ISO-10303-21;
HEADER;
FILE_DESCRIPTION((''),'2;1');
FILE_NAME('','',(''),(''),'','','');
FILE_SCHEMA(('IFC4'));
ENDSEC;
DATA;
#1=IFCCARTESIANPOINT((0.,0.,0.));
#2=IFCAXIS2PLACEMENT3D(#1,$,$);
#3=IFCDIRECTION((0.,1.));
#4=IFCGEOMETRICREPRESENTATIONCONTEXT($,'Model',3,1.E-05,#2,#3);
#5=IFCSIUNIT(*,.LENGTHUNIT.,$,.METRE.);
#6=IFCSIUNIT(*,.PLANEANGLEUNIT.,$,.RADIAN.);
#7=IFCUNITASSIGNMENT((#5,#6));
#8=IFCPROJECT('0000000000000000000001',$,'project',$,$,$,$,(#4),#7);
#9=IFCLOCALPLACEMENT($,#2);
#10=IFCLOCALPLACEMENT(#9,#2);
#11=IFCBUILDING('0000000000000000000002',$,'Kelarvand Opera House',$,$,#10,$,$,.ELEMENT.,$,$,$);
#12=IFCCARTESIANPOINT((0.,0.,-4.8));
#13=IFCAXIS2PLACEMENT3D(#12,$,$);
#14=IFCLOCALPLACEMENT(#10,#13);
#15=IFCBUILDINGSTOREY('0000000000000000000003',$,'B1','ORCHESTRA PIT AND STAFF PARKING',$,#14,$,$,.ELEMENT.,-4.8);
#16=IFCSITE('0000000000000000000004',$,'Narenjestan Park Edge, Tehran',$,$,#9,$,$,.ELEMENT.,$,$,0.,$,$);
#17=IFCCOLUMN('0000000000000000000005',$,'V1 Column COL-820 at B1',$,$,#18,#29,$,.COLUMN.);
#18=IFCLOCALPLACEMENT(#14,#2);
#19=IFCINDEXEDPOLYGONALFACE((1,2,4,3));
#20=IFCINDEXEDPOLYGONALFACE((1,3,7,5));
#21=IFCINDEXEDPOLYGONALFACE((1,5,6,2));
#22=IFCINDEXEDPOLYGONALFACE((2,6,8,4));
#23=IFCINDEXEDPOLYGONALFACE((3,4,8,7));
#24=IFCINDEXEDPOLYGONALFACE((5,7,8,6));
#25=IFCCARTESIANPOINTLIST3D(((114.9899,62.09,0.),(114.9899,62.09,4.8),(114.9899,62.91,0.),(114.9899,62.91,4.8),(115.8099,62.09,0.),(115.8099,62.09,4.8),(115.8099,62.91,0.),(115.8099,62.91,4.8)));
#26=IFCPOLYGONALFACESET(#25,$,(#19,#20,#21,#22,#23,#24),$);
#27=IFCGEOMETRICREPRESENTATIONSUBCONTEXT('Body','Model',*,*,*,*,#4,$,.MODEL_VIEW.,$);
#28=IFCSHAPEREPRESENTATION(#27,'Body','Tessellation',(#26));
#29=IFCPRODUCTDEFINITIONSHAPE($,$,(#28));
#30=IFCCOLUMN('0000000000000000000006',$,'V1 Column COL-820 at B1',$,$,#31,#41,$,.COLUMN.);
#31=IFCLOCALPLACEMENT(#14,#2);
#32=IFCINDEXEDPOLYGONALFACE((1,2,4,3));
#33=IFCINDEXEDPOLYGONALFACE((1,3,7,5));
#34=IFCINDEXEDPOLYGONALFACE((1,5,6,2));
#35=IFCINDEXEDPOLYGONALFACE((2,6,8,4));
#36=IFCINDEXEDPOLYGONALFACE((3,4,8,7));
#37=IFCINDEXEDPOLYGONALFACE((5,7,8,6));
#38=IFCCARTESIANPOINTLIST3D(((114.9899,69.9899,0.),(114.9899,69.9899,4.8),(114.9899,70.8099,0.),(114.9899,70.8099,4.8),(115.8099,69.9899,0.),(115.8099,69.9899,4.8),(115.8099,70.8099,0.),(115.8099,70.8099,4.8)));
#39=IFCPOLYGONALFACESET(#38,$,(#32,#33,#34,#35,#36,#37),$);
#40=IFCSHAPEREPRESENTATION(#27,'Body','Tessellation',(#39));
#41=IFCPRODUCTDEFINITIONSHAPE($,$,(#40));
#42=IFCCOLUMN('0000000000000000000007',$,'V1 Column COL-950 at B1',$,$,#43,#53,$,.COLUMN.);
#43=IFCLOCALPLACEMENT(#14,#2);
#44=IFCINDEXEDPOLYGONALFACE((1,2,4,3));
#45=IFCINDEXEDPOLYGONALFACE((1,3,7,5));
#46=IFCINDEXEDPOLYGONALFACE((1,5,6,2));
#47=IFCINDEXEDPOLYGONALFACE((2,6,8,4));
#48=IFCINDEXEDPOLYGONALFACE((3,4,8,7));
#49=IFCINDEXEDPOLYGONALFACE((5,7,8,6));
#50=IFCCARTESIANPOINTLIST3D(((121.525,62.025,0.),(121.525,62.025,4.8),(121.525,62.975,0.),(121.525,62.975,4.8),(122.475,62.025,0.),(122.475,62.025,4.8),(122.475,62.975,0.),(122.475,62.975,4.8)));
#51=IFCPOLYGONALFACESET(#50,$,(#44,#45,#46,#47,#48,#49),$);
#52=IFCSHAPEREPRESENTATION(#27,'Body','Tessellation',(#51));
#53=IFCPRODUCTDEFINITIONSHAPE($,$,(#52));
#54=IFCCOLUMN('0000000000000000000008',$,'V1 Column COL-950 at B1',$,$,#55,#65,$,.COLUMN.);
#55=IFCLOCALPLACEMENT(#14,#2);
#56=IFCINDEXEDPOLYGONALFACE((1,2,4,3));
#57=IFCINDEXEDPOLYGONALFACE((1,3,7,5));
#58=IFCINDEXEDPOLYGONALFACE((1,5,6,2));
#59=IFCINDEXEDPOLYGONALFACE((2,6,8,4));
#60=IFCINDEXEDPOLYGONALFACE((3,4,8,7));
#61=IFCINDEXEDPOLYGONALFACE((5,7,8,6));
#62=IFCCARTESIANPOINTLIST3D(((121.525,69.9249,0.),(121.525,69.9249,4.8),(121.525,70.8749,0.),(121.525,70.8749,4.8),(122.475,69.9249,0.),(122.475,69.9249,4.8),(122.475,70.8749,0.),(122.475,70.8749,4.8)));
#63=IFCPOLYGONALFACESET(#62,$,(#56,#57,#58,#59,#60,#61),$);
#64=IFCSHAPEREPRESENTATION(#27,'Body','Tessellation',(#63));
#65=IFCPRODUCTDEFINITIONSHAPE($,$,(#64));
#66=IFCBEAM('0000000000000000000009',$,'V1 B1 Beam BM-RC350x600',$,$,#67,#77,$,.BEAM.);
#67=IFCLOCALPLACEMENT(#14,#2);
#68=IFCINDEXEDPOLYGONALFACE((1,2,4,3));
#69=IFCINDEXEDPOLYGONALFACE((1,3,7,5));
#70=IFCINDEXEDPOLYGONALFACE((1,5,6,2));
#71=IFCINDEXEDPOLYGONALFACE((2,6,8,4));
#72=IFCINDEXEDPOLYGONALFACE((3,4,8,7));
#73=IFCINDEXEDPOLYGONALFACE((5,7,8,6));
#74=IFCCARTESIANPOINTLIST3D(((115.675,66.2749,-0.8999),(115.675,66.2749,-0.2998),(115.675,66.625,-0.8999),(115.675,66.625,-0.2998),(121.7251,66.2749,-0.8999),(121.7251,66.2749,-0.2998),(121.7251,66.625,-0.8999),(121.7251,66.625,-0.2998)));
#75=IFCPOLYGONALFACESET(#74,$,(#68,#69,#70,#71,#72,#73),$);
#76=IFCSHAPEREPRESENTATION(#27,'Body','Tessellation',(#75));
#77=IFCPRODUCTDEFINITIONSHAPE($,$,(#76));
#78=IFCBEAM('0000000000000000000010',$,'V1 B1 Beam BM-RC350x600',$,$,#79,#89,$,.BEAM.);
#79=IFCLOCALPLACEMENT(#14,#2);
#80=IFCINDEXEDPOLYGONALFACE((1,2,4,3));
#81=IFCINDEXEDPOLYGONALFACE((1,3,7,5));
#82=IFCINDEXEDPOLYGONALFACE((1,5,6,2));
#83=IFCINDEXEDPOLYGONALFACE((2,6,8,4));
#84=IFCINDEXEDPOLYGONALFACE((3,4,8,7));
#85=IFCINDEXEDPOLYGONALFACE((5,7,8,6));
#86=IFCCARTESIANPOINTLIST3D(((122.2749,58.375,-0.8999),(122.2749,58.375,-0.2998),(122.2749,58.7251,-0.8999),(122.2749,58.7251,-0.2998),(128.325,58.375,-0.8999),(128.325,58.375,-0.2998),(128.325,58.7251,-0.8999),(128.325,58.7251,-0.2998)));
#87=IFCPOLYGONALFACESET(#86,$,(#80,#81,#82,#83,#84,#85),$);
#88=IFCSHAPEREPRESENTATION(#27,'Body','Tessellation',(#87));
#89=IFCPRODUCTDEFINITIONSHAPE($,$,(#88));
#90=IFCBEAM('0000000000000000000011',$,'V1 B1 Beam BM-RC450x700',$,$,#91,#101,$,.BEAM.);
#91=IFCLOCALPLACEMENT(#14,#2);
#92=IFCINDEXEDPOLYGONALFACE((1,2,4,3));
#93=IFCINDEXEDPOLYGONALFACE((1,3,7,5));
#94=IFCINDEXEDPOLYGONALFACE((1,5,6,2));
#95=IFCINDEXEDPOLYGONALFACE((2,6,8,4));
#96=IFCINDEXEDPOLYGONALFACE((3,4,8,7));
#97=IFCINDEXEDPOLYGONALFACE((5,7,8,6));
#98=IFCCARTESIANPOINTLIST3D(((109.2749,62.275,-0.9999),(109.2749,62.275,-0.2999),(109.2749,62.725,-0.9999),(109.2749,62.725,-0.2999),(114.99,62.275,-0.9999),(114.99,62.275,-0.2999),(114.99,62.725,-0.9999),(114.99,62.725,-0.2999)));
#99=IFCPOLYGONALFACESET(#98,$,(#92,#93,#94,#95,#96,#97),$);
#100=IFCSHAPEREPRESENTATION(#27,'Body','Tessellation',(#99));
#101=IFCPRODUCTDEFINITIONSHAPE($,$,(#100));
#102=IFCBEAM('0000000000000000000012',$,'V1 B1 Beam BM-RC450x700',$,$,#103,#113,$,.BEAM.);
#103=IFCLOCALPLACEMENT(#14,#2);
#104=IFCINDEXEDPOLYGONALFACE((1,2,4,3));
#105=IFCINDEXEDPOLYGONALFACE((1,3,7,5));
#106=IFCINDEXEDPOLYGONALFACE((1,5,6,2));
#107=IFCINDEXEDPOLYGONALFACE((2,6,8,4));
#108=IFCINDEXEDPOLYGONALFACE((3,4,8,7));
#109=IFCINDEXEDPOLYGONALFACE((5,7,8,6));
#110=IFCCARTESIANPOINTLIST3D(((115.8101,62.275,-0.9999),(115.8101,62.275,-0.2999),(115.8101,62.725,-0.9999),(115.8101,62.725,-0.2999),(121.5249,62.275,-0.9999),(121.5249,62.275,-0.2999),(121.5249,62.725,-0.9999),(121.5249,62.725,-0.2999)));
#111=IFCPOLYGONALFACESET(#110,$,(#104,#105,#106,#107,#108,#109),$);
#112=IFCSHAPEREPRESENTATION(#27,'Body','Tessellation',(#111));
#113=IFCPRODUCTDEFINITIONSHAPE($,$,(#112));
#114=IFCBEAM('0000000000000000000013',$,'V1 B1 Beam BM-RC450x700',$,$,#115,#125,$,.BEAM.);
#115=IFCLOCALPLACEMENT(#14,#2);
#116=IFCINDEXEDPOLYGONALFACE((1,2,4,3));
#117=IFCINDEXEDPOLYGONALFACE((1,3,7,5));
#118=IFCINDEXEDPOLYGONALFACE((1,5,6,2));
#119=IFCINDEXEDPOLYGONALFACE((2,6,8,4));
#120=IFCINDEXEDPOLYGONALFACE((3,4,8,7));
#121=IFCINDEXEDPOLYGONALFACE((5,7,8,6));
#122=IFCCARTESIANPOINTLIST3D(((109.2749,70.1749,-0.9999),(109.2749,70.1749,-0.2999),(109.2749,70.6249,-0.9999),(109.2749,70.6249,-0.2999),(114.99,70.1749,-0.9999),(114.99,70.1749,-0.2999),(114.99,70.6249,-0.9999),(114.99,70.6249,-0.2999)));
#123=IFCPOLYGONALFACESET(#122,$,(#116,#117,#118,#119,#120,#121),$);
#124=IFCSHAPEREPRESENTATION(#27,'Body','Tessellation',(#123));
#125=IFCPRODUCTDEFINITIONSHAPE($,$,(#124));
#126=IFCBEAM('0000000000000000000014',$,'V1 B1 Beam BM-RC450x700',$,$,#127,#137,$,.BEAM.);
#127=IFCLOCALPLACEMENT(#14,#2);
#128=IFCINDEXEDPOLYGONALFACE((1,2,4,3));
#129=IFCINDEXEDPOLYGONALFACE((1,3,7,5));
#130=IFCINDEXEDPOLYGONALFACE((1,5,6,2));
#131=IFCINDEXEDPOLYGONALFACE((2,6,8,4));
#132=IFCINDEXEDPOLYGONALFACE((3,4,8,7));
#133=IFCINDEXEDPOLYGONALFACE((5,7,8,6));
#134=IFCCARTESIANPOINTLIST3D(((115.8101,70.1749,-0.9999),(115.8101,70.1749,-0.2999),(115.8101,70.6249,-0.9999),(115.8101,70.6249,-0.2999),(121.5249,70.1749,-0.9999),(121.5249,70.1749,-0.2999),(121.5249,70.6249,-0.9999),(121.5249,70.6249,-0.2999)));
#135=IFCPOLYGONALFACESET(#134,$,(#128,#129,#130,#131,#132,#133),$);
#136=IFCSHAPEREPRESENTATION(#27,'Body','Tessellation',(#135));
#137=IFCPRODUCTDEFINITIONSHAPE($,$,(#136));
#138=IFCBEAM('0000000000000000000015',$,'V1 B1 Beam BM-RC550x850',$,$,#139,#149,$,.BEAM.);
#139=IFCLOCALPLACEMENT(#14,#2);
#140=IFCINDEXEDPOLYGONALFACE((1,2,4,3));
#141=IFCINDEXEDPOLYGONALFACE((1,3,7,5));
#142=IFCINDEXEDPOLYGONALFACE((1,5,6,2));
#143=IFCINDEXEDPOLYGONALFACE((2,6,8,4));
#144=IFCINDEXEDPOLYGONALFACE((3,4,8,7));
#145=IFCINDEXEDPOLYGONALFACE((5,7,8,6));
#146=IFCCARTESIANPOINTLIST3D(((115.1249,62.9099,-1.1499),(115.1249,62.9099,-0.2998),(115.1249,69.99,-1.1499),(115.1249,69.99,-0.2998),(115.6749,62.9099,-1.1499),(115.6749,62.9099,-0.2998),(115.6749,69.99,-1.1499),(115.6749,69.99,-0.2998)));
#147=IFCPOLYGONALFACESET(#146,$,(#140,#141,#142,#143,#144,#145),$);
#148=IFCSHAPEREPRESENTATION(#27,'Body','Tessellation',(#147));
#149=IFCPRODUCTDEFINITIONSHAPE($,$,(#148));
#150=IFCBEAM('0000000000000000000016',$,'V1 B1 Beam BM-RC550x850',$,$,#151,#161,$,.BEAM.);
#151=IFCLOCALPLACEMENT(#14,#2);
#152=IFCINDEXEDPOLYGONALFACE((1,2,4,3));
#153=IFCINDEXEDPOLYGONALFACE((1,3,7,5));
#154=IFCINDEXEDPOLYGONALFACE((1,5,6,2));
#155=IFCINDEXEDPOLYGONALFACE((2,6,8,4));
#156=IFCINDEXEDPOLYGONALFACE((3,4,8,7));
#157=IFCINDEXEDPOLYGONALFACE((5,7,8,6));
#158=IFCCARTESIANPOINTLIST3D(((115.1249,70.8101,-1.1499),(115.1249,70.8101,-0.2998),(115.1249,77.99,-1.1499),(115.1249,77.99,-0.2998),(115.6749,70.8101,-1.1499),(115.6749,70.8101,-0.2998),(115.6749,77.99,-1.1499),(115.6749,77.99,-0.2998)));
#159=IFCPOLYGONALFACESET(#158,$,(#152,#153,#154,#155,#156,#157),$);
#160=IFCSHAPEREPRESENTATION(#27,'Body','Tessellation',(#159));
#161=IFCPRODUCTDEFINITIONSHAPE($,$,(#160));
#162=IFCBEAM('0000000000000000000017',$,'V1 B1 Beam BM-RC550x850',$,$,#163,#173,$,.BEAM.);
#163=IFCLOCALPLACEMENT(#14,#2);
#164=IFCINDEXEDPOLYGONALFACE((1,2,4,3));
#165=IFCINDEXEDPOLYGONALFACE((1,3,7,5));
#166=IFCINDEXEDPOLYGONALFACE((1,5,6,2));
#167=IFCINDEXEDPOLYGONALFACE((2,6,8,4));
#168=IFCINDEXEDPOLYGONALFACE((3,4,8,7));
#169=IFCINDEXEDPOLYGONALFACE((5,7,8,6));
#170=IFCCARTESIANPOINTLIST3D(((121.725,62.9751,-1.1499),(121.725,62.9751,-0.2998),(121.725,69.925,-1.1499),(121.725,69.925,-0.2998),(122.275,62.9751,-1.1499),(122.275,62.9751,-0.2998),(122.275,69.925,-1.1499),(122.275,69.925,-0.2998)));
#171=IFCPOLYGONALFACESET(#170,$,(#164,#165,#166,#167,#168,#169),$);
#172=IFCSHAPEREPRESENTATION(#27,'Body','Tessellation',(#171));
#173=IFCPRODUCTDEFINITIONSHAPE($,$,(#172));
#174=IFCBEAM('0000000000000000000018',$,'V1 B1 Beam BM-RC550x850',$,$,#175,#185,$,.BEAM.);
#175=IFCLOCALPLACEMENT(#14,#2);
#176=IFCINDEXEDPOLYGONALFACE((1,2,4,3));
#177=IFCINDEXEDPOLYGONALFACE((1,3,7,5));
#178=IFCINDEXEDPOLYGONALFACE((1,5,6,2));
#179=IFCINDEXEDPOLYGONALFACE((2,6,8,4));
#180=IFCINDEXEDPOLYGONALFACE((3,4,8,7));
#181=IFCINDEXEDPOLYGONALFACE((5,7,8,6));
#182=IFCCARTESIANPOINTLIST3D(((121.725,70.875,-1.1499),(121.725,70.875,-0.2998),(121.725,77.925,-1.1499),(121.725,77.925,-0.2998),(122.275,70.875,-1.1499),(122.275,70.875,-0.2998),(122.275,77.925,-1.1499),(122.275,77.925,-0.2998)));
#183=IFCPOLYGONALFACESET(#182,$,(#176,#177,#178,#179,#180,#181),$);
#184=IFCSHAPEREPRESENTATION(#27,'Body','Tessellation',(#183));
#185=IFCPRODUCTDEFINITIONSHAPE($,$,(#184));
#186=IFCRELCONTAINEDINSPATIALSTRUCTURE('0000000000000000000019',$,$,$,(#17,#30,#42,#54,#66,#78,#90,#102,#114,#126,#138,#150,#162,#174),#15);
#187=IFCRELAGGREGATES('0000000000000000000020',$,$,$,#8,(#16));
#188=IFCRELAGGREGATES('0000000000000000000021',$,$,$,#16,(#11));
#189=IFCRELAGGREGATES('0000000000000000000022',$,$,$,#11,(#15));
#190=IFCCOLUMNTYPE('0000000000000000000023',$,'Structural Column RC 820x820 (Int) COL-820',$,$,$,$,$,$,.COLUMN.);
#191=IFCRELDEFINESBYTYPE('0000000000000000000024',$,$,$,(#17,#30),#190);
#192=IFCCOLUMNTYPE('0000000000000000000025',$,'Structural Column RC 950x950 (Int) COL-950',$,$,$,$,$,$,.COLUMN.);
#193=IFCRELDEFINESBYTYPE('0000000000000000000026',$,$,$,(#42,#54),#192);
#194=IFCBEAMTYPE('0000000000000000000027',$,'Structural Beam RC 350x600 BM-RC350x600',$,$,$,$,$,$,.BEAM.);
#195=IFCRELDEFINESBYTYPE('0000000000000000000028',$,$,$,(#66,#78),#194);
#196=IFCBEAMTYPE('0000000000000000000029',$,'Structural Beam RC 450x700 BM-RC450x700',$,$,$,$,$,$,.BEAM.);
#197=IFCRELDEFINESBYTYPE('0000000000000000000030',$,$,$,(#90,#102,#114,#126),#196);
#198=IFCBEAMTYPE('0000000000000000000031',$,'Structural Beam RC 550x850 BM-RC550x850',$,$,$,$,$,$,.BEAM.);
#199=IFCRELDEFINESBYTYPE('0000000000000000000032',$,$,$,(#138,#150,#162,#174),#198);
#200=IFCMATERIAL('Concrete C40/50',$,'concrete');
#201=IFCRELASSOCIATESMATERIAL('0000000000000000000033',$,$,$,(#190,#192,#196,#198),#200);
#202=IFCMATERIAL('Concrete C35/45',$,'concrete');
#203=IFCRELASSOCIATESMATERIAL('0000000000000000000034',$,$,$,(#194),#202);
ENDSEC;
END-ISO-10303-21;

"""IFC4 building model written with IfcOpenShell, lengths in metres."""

from ifc_helpers import new_model, si_unit, direction, frame, origin, origin_2d, place, context, subcontext, project, spatial, rectangle, extrude, material, material_profile, profile_set, type_object, element, save


model = new_model("IFC4")

# Units and contexts
model_context = context("Model", 3, precision=1e-05, world=origin(), true_north=direction((0.0, 1.0)))
body_context = subcontext(model_context, "Body", "Model", "MODEL_VIEW")
ifc_project = project(units=[si_unit("LENGTHUNIT", "METRE"), si_unit("PLANEANGLEUNIT", "RADIAN")], contexts=[model_context])

# Site, building, storey
site_placement = place(None, origin())
site = spatial("IfcSite", under=ifc_project, at=site_placement, Name="Narenjestan Park Edge, Tehran", CompositionType="ELEMENT", RefElevation=0.0)
building_placement = place(site_placement, origin())
building = spatial("IfcBuilding", under=site, at=building_placement, Name="Kelarvand Opera House", CompositionType="ELEMENT")
storey_placement = place(building_placement, frame((0.0, 0.0, -4.8)))
storey = spatial("IfcBuildingStorey", under=building, at=storey_placement, Name="B1", Description="ORCHESTRA PIT AND STAFF PARKING", CompositionType="ELEMENT", Elevation=-4.8)

# Columns
ifc_material_1 = material(Name="Concrete C40/50", Category="concrete")
ifc_material_profile_1 = material_profile(ifc_material_1, rectangle(XDim=0.8201, YDim=0.8201, at=origin_2d()), Name="RC 820x820", Category="concrete")
ifc_profile_set_1 = profile_set([ifc_material_profile_1], Name="Concrete C40/50")
column_type_1 = type_object("IfcColumnType", Name="Structural Column RC 820x820 (Int) COL-820", PredefinedType="COLUMN", material=ifc_profile_set_1)
for number, where, z_axis, x_axis, name in (
    (1, (115.3999, 62.5, 0.0), (0.0, 0.0, 1.0), (1.0, 0.0, 0.0), "V1 Column COL-820 at B1"),
    (2, (115.3999, 70.3999, 0.0), (0.0, 0.0, 1.0), (1.0, 0.0, 0.0), "V1 Column COL-820 at B1"),
):
    element("IfcColumn", number, at=place(storey_placement, frame(where, z_axis=z_axis, x_axis=x_axis)), inside=storey, type_object=column_type_1, Name=name, PredefinedType="COLUMN", context=body_context, shape_type="SweptSolid", body=[
        extrude(rectangle(XDim=0.8201, YDim=0.8201, at=origin_2d()), origin(), (0.0, 0.0, 1.0), 4.8),
    ])
ifc_material_profile_2 = material_profile(ifc_material_1, rectangle(XDim=0.95, YDim=0.95, at=origin_2d()), Name="RC 950x950", Category="concrete")
ifc_profile_set_2 = profile_set([ifc_material_profile_2], Name="Concrete C40/50")
column_type_2 = type_object("IfcColumnType", Name="Structural Column RC 950x950 (Int) COL-950", PredefinedType="COLUMN", material=ifc_profile_set_2)
for number, where, z_axis, x_axis, name in (
    (3, (122.0, 62.5, 0.0), (0.0, 0.0, 1.0), (1.0, 0.0, 0.0), "V1 Column COL-950 at B1"),
    (4, (122.0, 70.3999, 0.0), (0.0, 0.0, 1.0), (1.0, 0.0, 0.0), "V1 Column COL-950 at B1"),
):
    element("IfcColumn", number, at=place(storey_placement, frame(where, z_axis=z_axis, x_axis=x_axis)), inside=storey, type_object=column_type_2, Name=name, PredefinedType="COLUMN", context=body_context, shape_type="SweptSolid", body=[
        extrude(rectangle(XDim=0.95, YDim=0.95, at=origin_2d()), origin(), (0.0, 0.0, 1.0), 4.8),
    ])

# Beams
ifc_material_2 = material(Name="Concrete C35/45", Category="concrete")
ifc_material_profile_3 = material_profile(ifc_material_2, rectangle(XDim=0.3501, YDim=0.6001, at=origin_2d()), Name="RC 350x600", Category="concrete")
ifc_profile_set_3 = profile_set([ifc_material_profile_3], Name="Concrete C35/45")
beam_type_1 = type_object("IfcBeamType", Name="Structural Beam RC 350x600 BM-RC350x600", PredefinedType="BEAM", material=ifc_profile_set_3)
for number, where, z_axis, x_axis, name in (
    (5, (115.675, 66.45, -0.5999), (1.0, 0.0, 0.0), (0.0, 1.0, 0.0), "V1 B1 Beam BM-RC350x600"),
    (6, (122.2749, 58.55, -0.5999), (1.0, 0.0, 0.0), (0.0, 1.0, 0.0), "V1 B1 Beam BM-RC350x600"),
):
    element("IfcBeam", number, at=place(storey_placement, frame(where, z_axis=z_axis, x_axis=x_axis)), inside=storey, type_object=beam_type_1, Name=name, PredefinedType="BEAM", context=body_context, shape_type="SweptSolid", body=[
        extrude(rectangle(XDim=0.3501, YDim=0.6001, at=origin_2d()), origin(), (0.0, 0.0, 1.0), 6.05),
    ])
ifc_material_profile_4 = material_profile(ifc_material_1, rectangle(XDim=0.45, YDim=0.7, at=origin_2d()), Name="RC 450x700", Category="concrete")
ifc_profile_set_4 = profile_set([ifc_material_profile_4], Name="Concrete C40/50")
beam_type_2 = type_object("IfcBeamType", Name="Structural Beam RC 450x700 BM-RC450x700", PredefinedType="BEAM", material=ifc_profile_set_4)
beam_1_placement = place(storey_placement, frame((109.2749, 62.5, -0.6499), z_axis=(1.0, 0.0, 0.0), x_axis=(0.0, 1.0, 0.0)))
element("IfcBeam", 7, at=beam_1_placement, inside=storey, type_object=beam_type_2, Name="V1 B1 Beam BM-RC450x700", PredefinedType="BEAM", context=body_context, shape_type="SweptSolid", body=[
    extrude(rectangle(XDim=0.45, YDim=0.7, at=origin_2d()), origin(), (0.0, 0.0, 1.0), 5.7151),
])
beam_2_placement = place(storey_placement, frame((115.8101, 62.5, -0.6499), z_axis=(1.0, 0.0, 0.0), x_axis=(0.0, 1.0, 0.0)))
element("IfcBeam", 8, at=beam_2_placement, inside=storey, type_object=beam_type_2, Name="V1 B1 Beam BM-RC450x700", PredefinedType="BEAM", context=body_context, shape_type="SweptSolid", body=[
    extrude(rectangle(XDim=0.45, YDim=0.7, at=origin_2d()), origin(), (0.0, 0.0, 1.0), 5.7148),
])
beam_3_placement = place(storey_placement, frame((109.2749, 70.3999, -0.6499), z_axis=(1.0, 0.0, 0.0), x_axis=(0.0, 1.0, 0.0)))
element("IfcBeam", 9, at=beam_3_placement, inside=storey, type_object=beam_type_2, Name="V1 B1 Beam BM-RC450x700", PredefinedType="BEAM", context=body_context, shape_type="SweptSolid", body=[
    extrude(rectangle(XDim=0.45, YDim=0.7, at=origin_2d()), origin(), (0.0, 0.0, 1.0), 5.7151),
])
beam_4_placement = place(storey_placement, frame((115.8101, 70.3999, -0.6499), z_axis=(1.0, 0.0, 0.0), x_axis=(0.0, 1.0, 0.0)))
element("IfcBeam", 10, at=beam_4_placement, inside=storey, type_object=beam_type_2, Name="V1 B1 Beam BM-RC450x700", PredefinedType="BEAM", context=body_context, shape_type="SweptSolid", body=[
    extrude(rectangle(XDim=0.45, YDim=0.7, at=origin_2d()), origin(), (0.0, 0.0, 1.0), 5.7148),
])
ifc_material_profile_5 = material_profile(ifc_material_1, rectangle(XDim=0.55, YDim=0.8501, at=origin_2d()), Name="RC 550x850", Category="concrete")
ifc_profile_set_5 = profile_set([ifc_material_profile_5], Name="Concrete C40/50")
beam_type_3 = type_object("IfcBeamType", Name="Structural Beam RC 550x850 BM-RC550x850", PredefinedType="BEAM", material=ifc_profile_set_5)
beam_5_placement = place(storey_placement, frame((115.3999, 62.9099, -0.7249), z_axis=(0.0, 1.0, 0.0), x_axis=(-1.0, 0.0, 0.0)))
element("IfcBeam", 11, at=beam_5_placement, inside=storey, type_object=beam_type_3, Name="V1 B1 Beam BM-RC550x850", PredefinedType="BEAM", context=body_context, shape_type="SweptSolid", body=[
    extrude(rectangle(XDim=0.55, YDim=0.8501, at=origin_2d()), origin(), (0.0, 0.0, 1.0), 7.0801),
])
beam_6_placement = place(storey_placement, frame((115.3999, 70.8101, -0.7249), z_axis=(0.0, 1.0, 0.0), x_axis=(-1.0, 0.0, 0.0)))
element("IfcBeam", 12, at=beam_6_placement, inside=storey, type_object=beam_type_3, Name="V1 B1 Beam BM-RC550x850", PredefinedType="BEAM", context=body_context, shape_type="SweptSolid", body=[
    extrude(rectangle(XDim=0.55, YDim=0.8501, at=origin_2d()), origin(), (0.0, 0.0, 1.0), 7.1799),
])
beam_7_placement = place(storey_placement, frame((122.0, 62.9751, -0.7249), z_axis=(0.0, 1.0, 0.0), x_axis=(-1.0, 0.0, 0.0)))
element("IfcBeam", 13, at=beam_7_placement, inside=storey, type_object=beam_type_3, Name="V1 B1 Beam BM-RC550x850", PredefinedType="BEAM", context=body_context, shape_type="SweptSolid", body=[
    extrude(rectangle(XDim=0.55, YDim=0.8501, at=origin_2d()), origin(), (0.0, 0.0, 1.0), 6.95),
])
beam_8_placement = place(storey_placement, frame((122.0, 70.875, -0.7249), z_axis=(0.0, 1.0, 0.0), x_axis=(-1.0, 0.0, 0.0)))
element("IfcBeam", 14, at=beam_8_placement, inside=storey, type_object=beam_type_3, Name="V1 B1 Beam BM-RC550x850", PredefinedType="BEAM", context=body_context, shape_type="SweptSolid", body=[
    extrude(rectangle(XDim=0.55, YDim=0.8501, at=origin_2d()), origin(), (0.0, 0.0, 1.0), 7.05),
])

save(model, "model.ifc")
